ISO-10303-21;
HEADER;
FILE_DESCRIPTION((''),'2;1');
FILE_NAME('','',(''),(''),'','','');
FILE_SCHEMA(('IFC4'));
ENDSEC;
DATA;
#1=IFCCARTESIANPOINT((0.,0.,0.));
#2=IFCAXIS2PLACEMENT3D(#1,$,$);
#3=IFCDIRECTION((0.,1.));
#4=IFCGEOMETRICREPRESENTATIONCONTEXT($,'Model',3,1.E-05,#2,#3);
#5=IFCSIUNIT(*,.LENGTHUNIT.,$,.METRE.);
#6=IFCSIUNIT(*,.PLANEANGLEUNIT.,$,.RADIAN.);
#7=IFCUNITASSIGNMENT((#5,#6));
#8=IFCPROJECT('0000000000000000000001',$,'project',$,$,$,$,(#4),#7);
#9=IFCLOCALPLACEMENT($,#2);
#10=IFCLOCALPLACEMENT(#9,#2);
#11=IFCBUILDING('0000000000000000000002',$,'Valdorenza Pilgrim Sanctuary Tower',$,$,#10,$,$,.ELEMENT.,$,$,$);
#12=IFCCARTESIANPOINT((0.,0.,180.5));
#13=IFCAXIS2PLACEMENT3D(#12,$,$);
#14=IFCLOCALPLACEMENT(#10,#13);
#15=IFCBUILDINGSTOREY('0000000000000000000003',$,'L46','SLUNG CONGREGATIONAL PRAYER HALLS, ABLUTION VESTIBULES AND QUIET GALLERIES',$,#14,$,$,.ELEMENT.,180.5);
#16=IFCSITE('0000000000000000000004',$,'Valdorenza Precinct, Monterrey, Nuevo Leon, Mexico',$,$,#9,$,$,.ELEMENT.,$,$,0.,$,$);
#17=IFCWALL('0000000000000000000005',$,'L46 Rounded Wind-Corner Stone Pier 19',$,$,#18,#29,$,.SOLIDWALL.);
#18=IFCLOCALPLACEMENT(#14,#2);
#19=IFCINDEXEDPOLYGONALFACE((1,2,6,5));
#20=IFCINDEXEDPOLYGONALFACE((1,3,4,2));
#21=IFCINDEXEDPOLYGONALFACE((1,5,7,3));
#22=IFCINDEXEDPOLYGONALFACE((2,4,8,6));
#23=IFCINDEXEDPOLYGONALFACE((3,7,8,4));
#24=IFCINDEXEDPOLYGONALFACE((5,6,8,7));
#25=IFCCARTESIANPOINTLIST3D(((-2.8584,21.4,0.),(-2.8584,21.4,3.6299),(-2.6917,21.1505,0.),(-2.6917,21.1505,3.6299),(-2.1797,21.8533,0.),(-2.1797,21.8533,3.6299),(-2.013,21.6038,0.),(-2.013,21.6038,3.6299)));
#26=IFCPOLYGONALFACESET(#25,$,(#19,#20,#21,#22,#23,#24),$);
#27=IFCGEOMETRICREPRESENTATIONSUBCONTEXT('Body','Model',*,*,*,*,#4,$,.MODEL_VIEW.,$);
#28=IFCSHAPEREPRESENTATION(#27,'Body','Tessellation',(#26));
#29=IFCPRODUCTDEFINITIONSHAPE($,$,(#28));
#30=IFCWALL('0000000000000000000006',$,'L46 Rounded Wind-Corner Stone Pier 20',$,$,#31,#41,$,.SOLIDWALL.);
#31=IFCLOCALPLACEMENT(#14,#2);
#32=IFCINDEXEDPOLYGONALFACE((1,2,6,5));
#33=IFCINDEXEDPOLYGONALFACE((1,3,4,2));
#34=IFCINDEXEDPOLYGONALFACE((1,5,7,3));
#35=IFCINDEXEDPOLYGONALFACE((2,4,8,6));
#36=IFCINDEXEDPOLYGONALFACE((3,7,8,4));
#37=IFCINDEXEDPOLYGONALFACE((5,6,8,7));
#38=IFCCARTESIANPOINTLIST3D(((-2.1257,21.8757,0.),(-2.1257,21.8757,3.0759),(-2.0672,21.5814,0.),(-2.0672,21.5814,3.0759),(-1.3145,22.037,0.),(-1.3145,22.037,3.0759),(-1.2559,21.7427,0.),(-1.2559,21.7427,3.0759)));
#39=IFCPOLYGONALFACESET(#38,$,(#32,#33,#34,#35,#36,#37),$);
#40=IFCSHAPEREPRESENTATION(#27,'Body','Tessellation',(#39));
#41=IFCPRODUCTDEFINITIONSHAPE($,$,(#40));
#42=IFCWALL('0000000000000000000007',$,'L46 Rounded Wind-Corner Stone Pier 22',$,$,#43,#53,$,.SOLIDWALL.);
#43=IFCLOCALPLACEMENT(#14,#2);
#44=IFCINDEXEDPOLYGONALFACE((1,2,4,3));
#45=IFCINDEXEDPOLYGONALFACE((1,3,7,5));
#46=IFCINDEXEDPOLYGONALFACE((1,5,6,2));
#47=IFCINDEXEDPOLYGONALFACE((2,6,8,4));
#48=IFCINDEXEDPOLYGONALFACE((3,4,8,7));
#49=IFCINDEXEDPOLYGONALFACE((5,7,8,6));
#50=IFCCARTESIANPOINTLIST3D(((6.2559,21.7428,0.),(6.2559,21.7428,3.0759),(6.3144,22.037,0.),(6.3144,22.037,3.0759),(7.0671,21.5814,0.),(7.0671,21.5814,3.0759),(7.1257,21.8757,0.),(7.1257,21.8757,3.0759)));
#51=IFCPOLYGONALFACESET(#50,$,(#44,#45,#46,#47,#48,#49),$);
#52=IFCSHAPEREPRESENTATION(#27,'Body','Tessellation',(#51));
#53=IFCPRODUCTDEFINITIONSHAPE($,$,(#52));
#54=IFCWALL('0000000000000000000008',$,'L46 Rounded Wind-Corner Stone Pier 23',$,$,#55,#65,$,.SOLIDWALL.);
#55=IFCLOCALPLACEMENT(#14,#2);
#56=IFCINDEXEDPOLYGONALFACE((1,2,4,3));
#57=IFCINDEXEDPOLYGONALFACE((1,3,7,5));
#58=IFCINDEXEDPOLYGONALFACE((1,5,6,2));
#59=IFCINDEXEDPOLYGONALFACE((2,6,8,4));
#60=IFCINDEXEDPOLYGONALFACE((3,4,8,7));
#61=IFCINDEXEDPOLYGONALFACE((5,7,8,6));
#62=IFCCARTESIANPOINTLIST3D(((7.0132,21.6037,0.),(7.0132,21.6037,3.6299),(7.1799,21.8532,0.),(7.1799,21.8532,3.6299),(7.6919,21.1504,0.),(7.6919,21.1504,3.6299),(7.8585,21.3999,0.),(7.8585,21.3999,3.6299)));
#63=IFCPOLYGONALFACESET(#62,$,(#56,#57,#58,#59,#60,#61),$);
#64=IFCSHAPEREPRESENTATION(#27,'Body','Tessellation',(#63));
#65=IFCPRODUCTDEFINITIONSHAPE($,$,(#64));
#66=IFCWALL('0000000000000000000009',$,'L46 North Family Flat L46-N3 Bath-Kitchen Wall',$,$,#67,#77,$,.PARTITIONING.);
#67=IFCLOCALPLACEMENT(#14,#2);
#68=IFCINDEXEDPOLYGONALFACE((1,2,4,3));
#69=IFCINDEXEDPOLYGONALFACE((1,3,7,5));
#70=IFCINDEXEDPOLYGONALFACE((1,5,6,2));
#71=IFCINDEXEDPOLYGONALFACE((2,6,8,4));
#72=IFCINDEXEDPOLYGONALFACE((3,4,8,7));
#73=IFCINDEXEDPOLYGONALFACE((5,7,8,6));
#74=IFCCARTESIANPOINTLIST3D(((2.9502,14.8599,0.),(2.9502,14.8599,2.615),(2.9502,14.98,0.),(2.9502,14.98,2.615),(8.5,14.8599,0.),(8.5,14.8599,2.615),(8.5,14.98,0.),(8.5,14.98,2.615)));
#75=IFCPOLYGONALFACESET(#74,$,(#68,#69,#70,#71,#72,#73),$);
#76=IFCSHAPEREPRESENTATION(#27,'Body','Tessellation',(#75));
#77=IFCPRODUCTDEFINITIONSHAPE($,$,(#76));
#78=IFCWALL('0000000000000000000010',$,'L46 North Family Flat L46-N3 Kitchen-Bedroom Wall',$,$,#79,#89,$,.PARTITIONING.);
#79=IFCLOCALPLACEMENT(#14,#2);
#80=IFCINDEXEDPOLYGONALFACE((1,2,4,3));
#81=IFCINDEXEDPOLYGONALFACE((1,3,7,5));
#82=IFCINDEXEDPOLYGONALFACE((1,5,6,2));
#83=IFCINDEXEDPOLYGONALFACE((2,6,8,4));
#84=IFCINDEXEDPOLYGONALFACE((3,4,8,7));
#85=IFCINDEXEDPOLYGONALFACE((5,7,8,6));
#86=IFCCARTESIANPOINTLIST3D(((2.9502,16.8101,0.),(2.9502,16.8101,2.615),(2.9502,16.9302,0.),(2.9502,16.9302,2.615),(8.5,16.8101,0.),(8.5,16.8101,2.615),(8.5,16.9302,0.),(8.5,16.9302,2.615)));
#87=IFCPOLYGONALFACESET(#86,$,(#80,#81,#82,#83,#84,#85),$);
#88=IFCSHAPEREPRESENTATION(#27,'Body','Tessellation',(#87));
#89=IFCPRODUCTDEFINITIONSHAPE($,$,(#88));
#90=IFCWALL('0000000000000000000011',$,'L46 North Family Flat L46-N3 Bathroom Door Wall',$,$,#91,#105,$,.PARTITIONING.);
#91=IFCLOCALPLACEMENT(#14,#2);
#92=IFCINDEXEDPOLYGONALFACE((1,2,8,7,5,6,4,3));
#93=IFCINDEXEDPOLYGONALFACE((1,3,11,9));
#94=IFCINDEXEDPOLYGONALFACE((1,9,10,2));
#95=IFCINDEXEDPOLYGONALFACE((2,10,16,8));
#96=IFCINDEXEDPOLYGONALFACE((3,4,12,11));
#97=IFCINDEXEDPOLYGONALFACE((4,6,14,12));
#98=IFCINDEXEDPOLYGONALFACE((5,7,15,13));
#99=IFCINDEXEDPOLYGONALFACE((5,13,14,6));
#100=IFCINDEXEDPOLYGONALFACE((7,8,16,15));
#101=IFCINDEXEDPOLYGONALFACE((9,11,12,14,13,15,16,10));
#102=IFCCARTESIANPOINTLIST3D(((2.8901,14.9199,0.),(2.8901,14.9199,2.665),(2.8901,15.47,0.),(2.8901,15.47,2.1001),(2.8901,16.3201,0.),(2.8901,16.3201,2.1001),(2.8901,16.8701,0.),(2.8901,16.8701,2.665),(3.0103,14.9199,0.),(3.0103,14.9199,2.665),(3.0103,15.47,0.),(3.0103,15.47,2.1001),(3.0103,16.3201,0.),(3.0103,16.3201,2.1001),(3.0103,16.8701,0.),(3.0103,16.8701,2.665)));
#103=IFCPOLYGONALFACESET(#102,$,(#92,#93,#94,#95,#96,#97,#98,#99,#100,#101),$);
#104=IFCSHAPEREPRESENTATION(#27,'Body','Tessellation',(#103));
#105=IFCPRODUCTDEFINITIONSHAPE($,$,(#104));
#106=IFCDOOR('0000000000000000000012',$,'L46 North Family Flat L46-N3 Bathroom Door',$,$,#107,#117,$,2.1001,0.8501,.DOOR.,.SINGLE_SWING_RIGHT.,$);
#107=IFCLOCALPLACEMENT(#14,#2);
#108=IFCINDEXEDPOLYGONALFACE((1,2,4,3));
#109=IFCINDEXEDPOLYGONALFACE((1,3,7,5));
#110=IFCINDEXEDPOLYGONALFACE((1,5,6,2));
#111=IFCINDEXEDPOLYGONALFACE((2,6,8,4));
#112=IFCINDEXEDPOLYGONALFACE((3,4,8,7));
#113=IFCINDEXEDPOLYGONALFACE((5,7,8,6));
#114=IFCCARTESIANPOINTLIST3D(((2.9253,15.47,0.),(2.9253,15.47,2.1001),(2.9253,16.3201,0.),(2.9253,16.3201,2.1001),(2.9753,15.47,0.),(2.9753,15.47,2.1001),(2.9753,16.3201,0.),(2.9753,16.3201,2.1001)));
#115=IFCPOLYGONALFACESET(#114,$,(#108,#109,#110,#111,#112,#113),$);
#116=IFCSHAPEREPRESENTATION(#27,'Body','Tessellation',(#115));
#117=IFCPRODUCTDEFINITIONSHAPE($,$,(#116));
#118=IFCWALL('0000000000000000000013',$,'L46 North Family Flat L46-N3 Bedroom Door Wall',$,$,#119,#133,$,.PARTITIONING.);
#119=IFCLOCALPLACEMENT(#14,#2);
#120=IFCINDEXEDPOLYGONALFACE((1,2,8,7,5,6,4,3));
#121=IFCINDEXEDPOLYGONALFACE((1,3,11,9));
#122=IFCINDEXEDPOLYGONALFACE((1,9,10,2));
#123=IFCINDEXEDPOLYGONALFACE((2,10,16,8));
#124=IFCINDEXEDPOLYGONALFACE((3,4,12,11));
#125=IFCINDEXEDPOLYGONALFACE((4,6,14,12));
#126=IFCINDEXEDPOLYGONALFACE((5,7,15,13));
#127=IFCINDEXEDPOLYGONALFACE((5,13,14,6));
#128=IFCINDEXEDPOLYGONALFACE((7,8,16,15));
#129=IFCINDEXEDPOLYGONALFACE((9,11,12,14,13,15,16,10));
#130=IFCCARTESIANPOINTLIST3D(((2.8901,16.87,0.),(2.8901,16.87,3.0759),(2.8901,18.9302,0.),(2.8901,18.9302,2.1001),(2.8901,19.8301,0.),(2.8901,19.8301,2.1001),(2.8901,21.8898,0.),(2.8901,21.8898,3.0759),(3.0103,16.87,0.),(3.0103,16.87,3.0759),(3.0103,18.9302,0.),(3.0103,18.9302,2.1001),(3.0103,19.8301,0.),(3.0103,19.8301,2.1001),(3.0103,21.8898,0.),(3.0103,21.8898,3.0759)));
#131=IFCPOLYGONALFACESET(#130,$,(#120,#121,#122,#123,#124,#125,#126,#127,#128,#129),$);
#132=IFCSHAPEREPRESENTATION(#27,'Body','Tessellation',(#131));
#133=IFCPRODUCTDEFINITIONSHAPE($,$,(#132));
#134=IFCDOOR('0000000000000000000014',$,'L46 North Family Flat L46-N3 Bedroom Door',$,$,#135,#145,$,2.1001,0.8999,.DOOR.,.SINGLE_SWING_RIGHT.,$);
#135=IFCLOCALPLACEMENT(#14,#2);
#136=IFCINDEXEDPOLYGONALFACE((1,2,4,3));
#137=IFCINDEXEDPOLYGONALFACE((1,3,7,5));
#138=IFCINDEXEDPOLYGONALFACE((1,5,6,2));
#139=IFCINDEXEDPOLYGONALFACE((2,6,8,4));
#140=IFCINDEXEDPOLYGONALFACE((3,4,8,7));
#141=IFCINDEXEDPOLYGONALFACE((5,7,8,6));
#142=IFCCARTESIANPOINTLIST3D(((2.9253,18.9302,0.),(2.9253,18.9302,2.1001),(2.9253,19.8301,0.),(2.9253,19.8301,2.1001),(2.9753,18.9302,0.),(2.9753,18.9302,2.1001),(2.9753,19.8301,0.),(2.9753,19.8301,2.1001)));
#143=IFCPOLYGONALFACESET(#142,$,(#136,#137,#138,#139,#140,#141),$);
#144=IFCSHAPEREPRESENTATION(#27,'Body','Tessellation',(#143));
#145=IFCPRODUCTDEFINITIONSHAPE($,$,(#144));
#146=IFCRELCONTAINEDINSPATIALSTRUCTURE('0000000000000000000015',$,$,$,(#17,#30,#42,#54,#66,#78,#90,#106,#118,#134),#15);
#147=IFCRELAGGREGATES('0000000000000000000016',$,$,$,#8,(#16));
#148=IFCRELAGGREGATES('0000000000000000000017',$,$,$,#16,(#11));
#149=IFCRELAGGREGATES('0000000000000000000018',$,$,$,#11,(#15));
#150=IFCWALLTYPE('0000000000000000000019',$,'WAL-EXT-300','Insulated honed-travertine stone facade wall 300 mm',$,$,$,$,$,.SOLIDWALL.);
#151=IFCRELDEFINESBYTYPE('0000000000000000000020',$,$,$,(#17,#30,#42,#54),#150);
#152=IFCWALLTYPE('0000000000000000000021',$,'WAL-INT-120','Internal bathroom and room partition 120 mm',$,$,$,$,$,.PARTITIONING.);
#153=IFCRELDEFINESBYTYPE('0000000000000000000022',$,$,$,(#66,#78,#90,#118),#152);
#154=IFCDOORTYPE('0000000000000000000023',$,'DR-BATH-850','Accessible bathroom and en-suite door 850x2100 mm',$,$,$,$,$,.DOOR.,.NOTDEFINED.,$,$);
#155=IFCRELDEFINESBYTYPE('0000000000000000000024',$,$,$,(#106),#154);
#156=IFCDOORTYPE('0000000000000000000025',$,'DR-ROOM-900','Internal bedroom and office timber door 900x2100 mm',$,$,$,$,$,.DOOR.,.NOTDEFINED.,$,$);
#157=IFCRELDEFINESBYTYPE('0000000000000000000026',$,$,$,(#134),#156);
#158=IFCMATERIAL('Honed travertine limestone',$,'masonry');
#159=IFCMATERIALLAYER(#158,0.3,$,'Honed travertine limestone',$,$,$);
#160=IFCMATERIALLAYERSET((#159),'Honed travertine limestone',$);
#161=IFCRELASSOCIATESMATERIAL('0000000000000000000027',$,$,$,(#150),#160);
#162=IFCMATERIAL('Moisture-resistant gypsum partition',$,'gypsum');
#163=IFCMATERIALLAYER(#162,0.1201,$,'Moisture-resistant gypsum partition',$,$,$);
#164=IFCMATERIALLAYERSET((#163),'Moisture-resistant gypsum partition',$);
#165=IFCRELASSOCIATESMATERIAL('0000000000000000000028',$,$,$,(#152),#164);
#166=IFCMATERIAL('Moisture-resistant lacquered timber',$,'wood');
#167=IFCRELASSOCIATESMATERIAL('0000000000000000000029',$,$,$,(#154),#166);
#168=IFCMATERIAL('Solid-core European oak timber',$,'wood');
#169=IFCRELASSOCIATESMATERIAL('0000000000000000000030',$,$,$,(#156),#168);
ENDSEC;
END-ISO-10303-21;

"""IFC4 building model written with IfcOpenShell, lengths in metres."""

from ifc_helpers import new_model, si_unit, direction, frame, frame_2d, origin, place, context, subcontext, project, spatial, rectangle, extrude, material, layer, layer_set, type_object, element, fill, save


model = new_model("IFC4")

# Units and contexts
model_context = context("Model", 3, precision=1e-05, world=origin(), true_north=direction((0.0, 1.0)))
body_context = subcontext(model_context, "Body", "Model", "MODEL_VIEW")
ifc_project = project(units=[si_unit("LENGTHUNIT", "METRE"), si_unit("PLANEANGLEUNIT", "RADIAN")], contexts=[model_context])

# Site, building, storey
site_placement = place(None, origin())
site = spatial("IfcSite", under=ifc_project, at=site_placement, Name="Valdorenza Precinct, Monterrey, Nuevo Leon, Mexico", CompositionType="ELEMENT", RefElevation=0.0)
building_placement = place(site_placement, origin())
building = spatial("IfcBuilding", under=site, at=building_placement, Name="Valdorenza Pilgrim Sanctuary Tower", CompositionType="ELEMENT")
storey_placement = place(building_placement, frame((0.0, 0.0, 180.5)))
storey = spatial("IfcBuildingStorey", under=building, at=storey_placement, Name="L46", Description="SLUNG CONGREGATIONAL PRAYER HALLS, ABLUTION VESTIBULES AND QUIET GALLERIES", CompositionType="ELEMENT", Elevation=180.5)

# Shared definitions
ifc_material_1 = material(Name="Honed travertine limestone", Category="masonry")

# Walls
ifc_layer_1 = layer(ifc_material_1, 0.3, Name="Honed travertine limestone")
ifc_layer_set_1 = layer_set([ifc_layer_1], Name="Honed travertine limestone")
wall_type_1 = type_object("IfcWallType", Name="WAL-EXT-300", Description="Insulated honed-travertine stone facade wall 300 mm", PredefinedType="SOLIDWALL", material=ifc_layer_set_1)
wall_1_placement = place(storey_placement, frame((-2.7751, 21.2751, 0.0), z_axis=(0.0, 0.0, 1.0), x_axis=(0.831544, 0.555459, 0.0)))
element("IfcWall", 1, at=wall_1_placement, inside=storey, type_object=wall_type_1, Name="L46 Rounded Wind-Corner Stone Pier 19", PredefinedType="SOLIDWALL", context=body_context, shape_type="SweptSolid", body=[
    extrude(rectangle(XDim=0.8162, YDim=0.3, at=frame_2d((0.4082, 0.0))), origin(), (0.0, 0.0, 1.0), 3.6299),
])
for number, where, z_axis, x_axis, name in (
    (2, (-2.0964, 21.7285, 0.0), (0.0, 0.0, 1.0), (0.980784, 0.195094, 0.0), "L46 Rounded Wind-Corner Stone Pier 20"),
    (3, (6.2852, 21.8899, 0.0), (0.0, 0.0, 1.0), (0.980784, -0.195094, 0.0), "L46 Rounded Wind-Corner Stone Pier 22"),
):
    element("IfcWall", number, at=place(storey_placement, frame(where, z_axis=z_axis, x_axis=x_axis)), inside=storey, type_object=wall_type_1, Name=name, PredefinedType="SOLIDWALL", context=body_context, shape_type="SweptSolid", body=[
        extrude(rectangle(XDim=0.8271, YDim=0.3, at=frame_2d((0.4136, 0.0))), origin(), (0.0, 0.0, 1.0), 3.0759),
    ])
wall_2_placement = place(storey_placement, frame((7.0964, 21.7285, 0.0), z_axis=(0.0, 0.0, 1.0), x_axis=(0.831544, -0.555459, 0.0)))
element("IfcWall", 4, at=wall_2_placement, inside=storey, type_object=wall_type_1, Name="L46 Rounded Wind-Corner Stone Pier 23", PredefinedType="SOLIDWALL", context=body_context, shape_type="SweptSolid", body=[
    extrude(rectangle(XDim=0.8162, YDim=0.3, at=frame_2d((0.4082, 0.0))), origin(), (0.0, 0.0, 1.0), 3.6299),
])
ifc_material_2 = material(Name="Moisture-resistant gypsum partition", Category="gypsum")
ifc_layer_2 = layer(ifc_material_2, 0.1201, Name="Moisture-resistant gypsum partition")
ifc_layer_set_2 = layer_set([ifc_layer_2], Name="Moisture-resistant gypsum partition")
wall_type_2 = type_object("IfcWallType", Name="WAL-INT-120", Description="Internal bathroom and room partition 120 mm", PredefinedType="PARTITIONING", material=ifc_layer_set_2)
for number, where, z_axis, x_axis, name in (
    (5, (2.9502, 14.9199, 0.0), (0.0, 0.0, 1.0), (1.0, 0.0, 0.0), "L46 North Family Flat L46-N3 Bath-Kitchen Wall"),
    (6, (2.9502, 16.8701, 0.0), (0.0, 0.0, 1.0), (1.0, 0.0, 0.0), "L46 North Family Flat L46-N3 Kitchen-Bedroom Wall"),
):
    element("IfcWall", number, at=place(storey_placement, frame(where, z_axis=z_axis, x_axis=x_axis)), inside=storey, type_object=wall_type_2, Name=name, PredefinedType="PARTITIONING", context=body_context, shape_type="SweptSolid", body=[
        extrude(rectangle(XDim=5.5498, YDim=0.1201, at=frame_2d((2.7749, 0.0))), origin(), (0.0, 0.0, 1.0), 2.615),
    ])

# Walls, openings, doors
wall_3_placement = place(storey_placement, frame((2.9502, 14.9199, 0.0), z_axis=(0.0, 0.0, 1.0), x_axis=(0.0, 1.0, 0.0)))
wall_3 = element("IfcWall", 7, at=wall_3_placement, inside=storey, type_object=wall_type_2, Name="L46 North Family Flat L46-N3 Bathroom Door Wall", PredefinedType="PARTITIONING", context=body_context, shape_type="SweptSolid", body=[
    extrude(rectangle(XDim=1.9502, YDim=0.1201, at=frame_2d((0.9751, 0.0))), origin(), (0.0, 0.0, 1.0), 2.665),
])
opening_1_placement = place(wall_3_placement, frame((0.55, 0.0, 0.0)))
opening_1 = element("IfcOpeningElement", 8, at=opening_1_placement, cuts=wall_3, PredefinedType="OPENING", context=body_context, shape_type="SweptSolid", body=[
    extrude(rectangle(XDim=0.8501, YDim=2.1001, at=frame_2d((0.425, 1.05))), frame((0.0, 0.075, 0.0), z_axis=(0.0, -1.0, 0.0), x_axis=(1.0, 0.0, 0.0)), (0.0, 0.0, 1.0), 0.1499),
])
ifc_material_3 = material(Name="Moisture-resistant lacquered timber", Category="wood")
door_type_1 = type_object("IfcDoorType", Name="DR-BATH-850", Description="Accessible bathroom and en-suite door 850x2100 mm", OperationType="NOTDEFINED", PredefinedType="DOOR", material=ifc_material_3)
door_1_placement = place(opening_1_placement, origin())
door_1 = element("IfcDoor", 9, at=door_1_placement, inside=storey, type_object=door_type_1, Name="L46 North Family Flat L46-N3 Bathroom Door", OperationType="SINGLE_SWING_RIGHT", OverallHeight=2.1001, OverallWidth=0.8501, PredefinedType="DOOR", context=body_context, shape_type="SweptSolid", body=[
    extrude(rectangle(XDim=0.8501, YDim=2.1001, at=frame_2d((0.425, 1.05))), frame((0.0, 0.0249, 0.0), z_axis=(0.0, -1.0, 0.0), x_axis=(1.0, 0.0, 0.0)), (0.0, 0.0, 1.0), 0.05),
])
fill(opening_1, door_1)
wall_4_placement = place(storey_placement, frame((2.9502, 16.8701, 0.0), z_axis=(0.0, 0.0, 1.0), x_axis=(0.0, 1.0, 0.0)))
wall_4 = element("IfcWall", 10, at=wall_4_placement, inside=storey, type_object=wall_type_2, Name="L46 North Family Flat L46-N3 Bedroom Door Wall", PredefinedType="PARTITIONING", context=body_context, shape_type="SweptSolid", body=[
    extrude(rectangle(XDim=5.0198, YDim=0.1201, at=frame_2d((2.5098, 0.0))), origin(), (0.0, 0.0, 1.0), 3.0759),
])
opening_2_placement = place(wall_4_placement, frame((2.0601, 0.0, 0.0)))
opening_2 = element("IfcOpeningElement", 11, at=opening_2_placement, cuts=wall_4, PredefinedType="OPENING", context=body_context, shape_type="SweptSolid", body=[
    extrude(rectangle(XDim=0.8999, YDim=2.1001, at=frame_2d((0.45, 1.05))), frame((0.0, 0.075, 0.0), z_axis=(0.0, -1.0, 0.0), x_axis=(1.0, 0.0, 0.0)), (0.0, 0.0, 1.0), 0.1499),
])
ifc_material_4 = material(Name="Solid-core European oak timber", Category="wood")
door_type_2 = type_object("IfcDoorType", Name="DR-ROOM-900", Description="Internal bedroom and office timber door 900x2100 mm", OperationType="NOTDEFINED", PredefinedType="DOOR", material=ifc_material_4)
door_2_placement = place(opening_2_placement, origin())
door_2 = element("IfcDoor", 12, at=door_2_placement, inside=storey, type_object=door_type_2, Name="L46 North Family Flat L46-N3 Bedroom Door", OperationType="SINGLE_SWING_RIGHT", OverallHeight=2.1001, OverallWidth=0.8999, PredefinedType="DOOR", context=body_context, shape_type="SweptSolid", body=[
    extrude(rectangle(XDim=0.8999, YDim=2.1001, at=frame_2d((0.45, 1.05))), frame((0.0, 0.0249, 0.0), z_axis=(0.0, -1.0, 0.0), x_axis=(1.0, 0.0, 0.0)), (0.0, 0.0, 1.0), 0.05),
])
fill(opening_2, door_2)

save(model, "model.ifc")
